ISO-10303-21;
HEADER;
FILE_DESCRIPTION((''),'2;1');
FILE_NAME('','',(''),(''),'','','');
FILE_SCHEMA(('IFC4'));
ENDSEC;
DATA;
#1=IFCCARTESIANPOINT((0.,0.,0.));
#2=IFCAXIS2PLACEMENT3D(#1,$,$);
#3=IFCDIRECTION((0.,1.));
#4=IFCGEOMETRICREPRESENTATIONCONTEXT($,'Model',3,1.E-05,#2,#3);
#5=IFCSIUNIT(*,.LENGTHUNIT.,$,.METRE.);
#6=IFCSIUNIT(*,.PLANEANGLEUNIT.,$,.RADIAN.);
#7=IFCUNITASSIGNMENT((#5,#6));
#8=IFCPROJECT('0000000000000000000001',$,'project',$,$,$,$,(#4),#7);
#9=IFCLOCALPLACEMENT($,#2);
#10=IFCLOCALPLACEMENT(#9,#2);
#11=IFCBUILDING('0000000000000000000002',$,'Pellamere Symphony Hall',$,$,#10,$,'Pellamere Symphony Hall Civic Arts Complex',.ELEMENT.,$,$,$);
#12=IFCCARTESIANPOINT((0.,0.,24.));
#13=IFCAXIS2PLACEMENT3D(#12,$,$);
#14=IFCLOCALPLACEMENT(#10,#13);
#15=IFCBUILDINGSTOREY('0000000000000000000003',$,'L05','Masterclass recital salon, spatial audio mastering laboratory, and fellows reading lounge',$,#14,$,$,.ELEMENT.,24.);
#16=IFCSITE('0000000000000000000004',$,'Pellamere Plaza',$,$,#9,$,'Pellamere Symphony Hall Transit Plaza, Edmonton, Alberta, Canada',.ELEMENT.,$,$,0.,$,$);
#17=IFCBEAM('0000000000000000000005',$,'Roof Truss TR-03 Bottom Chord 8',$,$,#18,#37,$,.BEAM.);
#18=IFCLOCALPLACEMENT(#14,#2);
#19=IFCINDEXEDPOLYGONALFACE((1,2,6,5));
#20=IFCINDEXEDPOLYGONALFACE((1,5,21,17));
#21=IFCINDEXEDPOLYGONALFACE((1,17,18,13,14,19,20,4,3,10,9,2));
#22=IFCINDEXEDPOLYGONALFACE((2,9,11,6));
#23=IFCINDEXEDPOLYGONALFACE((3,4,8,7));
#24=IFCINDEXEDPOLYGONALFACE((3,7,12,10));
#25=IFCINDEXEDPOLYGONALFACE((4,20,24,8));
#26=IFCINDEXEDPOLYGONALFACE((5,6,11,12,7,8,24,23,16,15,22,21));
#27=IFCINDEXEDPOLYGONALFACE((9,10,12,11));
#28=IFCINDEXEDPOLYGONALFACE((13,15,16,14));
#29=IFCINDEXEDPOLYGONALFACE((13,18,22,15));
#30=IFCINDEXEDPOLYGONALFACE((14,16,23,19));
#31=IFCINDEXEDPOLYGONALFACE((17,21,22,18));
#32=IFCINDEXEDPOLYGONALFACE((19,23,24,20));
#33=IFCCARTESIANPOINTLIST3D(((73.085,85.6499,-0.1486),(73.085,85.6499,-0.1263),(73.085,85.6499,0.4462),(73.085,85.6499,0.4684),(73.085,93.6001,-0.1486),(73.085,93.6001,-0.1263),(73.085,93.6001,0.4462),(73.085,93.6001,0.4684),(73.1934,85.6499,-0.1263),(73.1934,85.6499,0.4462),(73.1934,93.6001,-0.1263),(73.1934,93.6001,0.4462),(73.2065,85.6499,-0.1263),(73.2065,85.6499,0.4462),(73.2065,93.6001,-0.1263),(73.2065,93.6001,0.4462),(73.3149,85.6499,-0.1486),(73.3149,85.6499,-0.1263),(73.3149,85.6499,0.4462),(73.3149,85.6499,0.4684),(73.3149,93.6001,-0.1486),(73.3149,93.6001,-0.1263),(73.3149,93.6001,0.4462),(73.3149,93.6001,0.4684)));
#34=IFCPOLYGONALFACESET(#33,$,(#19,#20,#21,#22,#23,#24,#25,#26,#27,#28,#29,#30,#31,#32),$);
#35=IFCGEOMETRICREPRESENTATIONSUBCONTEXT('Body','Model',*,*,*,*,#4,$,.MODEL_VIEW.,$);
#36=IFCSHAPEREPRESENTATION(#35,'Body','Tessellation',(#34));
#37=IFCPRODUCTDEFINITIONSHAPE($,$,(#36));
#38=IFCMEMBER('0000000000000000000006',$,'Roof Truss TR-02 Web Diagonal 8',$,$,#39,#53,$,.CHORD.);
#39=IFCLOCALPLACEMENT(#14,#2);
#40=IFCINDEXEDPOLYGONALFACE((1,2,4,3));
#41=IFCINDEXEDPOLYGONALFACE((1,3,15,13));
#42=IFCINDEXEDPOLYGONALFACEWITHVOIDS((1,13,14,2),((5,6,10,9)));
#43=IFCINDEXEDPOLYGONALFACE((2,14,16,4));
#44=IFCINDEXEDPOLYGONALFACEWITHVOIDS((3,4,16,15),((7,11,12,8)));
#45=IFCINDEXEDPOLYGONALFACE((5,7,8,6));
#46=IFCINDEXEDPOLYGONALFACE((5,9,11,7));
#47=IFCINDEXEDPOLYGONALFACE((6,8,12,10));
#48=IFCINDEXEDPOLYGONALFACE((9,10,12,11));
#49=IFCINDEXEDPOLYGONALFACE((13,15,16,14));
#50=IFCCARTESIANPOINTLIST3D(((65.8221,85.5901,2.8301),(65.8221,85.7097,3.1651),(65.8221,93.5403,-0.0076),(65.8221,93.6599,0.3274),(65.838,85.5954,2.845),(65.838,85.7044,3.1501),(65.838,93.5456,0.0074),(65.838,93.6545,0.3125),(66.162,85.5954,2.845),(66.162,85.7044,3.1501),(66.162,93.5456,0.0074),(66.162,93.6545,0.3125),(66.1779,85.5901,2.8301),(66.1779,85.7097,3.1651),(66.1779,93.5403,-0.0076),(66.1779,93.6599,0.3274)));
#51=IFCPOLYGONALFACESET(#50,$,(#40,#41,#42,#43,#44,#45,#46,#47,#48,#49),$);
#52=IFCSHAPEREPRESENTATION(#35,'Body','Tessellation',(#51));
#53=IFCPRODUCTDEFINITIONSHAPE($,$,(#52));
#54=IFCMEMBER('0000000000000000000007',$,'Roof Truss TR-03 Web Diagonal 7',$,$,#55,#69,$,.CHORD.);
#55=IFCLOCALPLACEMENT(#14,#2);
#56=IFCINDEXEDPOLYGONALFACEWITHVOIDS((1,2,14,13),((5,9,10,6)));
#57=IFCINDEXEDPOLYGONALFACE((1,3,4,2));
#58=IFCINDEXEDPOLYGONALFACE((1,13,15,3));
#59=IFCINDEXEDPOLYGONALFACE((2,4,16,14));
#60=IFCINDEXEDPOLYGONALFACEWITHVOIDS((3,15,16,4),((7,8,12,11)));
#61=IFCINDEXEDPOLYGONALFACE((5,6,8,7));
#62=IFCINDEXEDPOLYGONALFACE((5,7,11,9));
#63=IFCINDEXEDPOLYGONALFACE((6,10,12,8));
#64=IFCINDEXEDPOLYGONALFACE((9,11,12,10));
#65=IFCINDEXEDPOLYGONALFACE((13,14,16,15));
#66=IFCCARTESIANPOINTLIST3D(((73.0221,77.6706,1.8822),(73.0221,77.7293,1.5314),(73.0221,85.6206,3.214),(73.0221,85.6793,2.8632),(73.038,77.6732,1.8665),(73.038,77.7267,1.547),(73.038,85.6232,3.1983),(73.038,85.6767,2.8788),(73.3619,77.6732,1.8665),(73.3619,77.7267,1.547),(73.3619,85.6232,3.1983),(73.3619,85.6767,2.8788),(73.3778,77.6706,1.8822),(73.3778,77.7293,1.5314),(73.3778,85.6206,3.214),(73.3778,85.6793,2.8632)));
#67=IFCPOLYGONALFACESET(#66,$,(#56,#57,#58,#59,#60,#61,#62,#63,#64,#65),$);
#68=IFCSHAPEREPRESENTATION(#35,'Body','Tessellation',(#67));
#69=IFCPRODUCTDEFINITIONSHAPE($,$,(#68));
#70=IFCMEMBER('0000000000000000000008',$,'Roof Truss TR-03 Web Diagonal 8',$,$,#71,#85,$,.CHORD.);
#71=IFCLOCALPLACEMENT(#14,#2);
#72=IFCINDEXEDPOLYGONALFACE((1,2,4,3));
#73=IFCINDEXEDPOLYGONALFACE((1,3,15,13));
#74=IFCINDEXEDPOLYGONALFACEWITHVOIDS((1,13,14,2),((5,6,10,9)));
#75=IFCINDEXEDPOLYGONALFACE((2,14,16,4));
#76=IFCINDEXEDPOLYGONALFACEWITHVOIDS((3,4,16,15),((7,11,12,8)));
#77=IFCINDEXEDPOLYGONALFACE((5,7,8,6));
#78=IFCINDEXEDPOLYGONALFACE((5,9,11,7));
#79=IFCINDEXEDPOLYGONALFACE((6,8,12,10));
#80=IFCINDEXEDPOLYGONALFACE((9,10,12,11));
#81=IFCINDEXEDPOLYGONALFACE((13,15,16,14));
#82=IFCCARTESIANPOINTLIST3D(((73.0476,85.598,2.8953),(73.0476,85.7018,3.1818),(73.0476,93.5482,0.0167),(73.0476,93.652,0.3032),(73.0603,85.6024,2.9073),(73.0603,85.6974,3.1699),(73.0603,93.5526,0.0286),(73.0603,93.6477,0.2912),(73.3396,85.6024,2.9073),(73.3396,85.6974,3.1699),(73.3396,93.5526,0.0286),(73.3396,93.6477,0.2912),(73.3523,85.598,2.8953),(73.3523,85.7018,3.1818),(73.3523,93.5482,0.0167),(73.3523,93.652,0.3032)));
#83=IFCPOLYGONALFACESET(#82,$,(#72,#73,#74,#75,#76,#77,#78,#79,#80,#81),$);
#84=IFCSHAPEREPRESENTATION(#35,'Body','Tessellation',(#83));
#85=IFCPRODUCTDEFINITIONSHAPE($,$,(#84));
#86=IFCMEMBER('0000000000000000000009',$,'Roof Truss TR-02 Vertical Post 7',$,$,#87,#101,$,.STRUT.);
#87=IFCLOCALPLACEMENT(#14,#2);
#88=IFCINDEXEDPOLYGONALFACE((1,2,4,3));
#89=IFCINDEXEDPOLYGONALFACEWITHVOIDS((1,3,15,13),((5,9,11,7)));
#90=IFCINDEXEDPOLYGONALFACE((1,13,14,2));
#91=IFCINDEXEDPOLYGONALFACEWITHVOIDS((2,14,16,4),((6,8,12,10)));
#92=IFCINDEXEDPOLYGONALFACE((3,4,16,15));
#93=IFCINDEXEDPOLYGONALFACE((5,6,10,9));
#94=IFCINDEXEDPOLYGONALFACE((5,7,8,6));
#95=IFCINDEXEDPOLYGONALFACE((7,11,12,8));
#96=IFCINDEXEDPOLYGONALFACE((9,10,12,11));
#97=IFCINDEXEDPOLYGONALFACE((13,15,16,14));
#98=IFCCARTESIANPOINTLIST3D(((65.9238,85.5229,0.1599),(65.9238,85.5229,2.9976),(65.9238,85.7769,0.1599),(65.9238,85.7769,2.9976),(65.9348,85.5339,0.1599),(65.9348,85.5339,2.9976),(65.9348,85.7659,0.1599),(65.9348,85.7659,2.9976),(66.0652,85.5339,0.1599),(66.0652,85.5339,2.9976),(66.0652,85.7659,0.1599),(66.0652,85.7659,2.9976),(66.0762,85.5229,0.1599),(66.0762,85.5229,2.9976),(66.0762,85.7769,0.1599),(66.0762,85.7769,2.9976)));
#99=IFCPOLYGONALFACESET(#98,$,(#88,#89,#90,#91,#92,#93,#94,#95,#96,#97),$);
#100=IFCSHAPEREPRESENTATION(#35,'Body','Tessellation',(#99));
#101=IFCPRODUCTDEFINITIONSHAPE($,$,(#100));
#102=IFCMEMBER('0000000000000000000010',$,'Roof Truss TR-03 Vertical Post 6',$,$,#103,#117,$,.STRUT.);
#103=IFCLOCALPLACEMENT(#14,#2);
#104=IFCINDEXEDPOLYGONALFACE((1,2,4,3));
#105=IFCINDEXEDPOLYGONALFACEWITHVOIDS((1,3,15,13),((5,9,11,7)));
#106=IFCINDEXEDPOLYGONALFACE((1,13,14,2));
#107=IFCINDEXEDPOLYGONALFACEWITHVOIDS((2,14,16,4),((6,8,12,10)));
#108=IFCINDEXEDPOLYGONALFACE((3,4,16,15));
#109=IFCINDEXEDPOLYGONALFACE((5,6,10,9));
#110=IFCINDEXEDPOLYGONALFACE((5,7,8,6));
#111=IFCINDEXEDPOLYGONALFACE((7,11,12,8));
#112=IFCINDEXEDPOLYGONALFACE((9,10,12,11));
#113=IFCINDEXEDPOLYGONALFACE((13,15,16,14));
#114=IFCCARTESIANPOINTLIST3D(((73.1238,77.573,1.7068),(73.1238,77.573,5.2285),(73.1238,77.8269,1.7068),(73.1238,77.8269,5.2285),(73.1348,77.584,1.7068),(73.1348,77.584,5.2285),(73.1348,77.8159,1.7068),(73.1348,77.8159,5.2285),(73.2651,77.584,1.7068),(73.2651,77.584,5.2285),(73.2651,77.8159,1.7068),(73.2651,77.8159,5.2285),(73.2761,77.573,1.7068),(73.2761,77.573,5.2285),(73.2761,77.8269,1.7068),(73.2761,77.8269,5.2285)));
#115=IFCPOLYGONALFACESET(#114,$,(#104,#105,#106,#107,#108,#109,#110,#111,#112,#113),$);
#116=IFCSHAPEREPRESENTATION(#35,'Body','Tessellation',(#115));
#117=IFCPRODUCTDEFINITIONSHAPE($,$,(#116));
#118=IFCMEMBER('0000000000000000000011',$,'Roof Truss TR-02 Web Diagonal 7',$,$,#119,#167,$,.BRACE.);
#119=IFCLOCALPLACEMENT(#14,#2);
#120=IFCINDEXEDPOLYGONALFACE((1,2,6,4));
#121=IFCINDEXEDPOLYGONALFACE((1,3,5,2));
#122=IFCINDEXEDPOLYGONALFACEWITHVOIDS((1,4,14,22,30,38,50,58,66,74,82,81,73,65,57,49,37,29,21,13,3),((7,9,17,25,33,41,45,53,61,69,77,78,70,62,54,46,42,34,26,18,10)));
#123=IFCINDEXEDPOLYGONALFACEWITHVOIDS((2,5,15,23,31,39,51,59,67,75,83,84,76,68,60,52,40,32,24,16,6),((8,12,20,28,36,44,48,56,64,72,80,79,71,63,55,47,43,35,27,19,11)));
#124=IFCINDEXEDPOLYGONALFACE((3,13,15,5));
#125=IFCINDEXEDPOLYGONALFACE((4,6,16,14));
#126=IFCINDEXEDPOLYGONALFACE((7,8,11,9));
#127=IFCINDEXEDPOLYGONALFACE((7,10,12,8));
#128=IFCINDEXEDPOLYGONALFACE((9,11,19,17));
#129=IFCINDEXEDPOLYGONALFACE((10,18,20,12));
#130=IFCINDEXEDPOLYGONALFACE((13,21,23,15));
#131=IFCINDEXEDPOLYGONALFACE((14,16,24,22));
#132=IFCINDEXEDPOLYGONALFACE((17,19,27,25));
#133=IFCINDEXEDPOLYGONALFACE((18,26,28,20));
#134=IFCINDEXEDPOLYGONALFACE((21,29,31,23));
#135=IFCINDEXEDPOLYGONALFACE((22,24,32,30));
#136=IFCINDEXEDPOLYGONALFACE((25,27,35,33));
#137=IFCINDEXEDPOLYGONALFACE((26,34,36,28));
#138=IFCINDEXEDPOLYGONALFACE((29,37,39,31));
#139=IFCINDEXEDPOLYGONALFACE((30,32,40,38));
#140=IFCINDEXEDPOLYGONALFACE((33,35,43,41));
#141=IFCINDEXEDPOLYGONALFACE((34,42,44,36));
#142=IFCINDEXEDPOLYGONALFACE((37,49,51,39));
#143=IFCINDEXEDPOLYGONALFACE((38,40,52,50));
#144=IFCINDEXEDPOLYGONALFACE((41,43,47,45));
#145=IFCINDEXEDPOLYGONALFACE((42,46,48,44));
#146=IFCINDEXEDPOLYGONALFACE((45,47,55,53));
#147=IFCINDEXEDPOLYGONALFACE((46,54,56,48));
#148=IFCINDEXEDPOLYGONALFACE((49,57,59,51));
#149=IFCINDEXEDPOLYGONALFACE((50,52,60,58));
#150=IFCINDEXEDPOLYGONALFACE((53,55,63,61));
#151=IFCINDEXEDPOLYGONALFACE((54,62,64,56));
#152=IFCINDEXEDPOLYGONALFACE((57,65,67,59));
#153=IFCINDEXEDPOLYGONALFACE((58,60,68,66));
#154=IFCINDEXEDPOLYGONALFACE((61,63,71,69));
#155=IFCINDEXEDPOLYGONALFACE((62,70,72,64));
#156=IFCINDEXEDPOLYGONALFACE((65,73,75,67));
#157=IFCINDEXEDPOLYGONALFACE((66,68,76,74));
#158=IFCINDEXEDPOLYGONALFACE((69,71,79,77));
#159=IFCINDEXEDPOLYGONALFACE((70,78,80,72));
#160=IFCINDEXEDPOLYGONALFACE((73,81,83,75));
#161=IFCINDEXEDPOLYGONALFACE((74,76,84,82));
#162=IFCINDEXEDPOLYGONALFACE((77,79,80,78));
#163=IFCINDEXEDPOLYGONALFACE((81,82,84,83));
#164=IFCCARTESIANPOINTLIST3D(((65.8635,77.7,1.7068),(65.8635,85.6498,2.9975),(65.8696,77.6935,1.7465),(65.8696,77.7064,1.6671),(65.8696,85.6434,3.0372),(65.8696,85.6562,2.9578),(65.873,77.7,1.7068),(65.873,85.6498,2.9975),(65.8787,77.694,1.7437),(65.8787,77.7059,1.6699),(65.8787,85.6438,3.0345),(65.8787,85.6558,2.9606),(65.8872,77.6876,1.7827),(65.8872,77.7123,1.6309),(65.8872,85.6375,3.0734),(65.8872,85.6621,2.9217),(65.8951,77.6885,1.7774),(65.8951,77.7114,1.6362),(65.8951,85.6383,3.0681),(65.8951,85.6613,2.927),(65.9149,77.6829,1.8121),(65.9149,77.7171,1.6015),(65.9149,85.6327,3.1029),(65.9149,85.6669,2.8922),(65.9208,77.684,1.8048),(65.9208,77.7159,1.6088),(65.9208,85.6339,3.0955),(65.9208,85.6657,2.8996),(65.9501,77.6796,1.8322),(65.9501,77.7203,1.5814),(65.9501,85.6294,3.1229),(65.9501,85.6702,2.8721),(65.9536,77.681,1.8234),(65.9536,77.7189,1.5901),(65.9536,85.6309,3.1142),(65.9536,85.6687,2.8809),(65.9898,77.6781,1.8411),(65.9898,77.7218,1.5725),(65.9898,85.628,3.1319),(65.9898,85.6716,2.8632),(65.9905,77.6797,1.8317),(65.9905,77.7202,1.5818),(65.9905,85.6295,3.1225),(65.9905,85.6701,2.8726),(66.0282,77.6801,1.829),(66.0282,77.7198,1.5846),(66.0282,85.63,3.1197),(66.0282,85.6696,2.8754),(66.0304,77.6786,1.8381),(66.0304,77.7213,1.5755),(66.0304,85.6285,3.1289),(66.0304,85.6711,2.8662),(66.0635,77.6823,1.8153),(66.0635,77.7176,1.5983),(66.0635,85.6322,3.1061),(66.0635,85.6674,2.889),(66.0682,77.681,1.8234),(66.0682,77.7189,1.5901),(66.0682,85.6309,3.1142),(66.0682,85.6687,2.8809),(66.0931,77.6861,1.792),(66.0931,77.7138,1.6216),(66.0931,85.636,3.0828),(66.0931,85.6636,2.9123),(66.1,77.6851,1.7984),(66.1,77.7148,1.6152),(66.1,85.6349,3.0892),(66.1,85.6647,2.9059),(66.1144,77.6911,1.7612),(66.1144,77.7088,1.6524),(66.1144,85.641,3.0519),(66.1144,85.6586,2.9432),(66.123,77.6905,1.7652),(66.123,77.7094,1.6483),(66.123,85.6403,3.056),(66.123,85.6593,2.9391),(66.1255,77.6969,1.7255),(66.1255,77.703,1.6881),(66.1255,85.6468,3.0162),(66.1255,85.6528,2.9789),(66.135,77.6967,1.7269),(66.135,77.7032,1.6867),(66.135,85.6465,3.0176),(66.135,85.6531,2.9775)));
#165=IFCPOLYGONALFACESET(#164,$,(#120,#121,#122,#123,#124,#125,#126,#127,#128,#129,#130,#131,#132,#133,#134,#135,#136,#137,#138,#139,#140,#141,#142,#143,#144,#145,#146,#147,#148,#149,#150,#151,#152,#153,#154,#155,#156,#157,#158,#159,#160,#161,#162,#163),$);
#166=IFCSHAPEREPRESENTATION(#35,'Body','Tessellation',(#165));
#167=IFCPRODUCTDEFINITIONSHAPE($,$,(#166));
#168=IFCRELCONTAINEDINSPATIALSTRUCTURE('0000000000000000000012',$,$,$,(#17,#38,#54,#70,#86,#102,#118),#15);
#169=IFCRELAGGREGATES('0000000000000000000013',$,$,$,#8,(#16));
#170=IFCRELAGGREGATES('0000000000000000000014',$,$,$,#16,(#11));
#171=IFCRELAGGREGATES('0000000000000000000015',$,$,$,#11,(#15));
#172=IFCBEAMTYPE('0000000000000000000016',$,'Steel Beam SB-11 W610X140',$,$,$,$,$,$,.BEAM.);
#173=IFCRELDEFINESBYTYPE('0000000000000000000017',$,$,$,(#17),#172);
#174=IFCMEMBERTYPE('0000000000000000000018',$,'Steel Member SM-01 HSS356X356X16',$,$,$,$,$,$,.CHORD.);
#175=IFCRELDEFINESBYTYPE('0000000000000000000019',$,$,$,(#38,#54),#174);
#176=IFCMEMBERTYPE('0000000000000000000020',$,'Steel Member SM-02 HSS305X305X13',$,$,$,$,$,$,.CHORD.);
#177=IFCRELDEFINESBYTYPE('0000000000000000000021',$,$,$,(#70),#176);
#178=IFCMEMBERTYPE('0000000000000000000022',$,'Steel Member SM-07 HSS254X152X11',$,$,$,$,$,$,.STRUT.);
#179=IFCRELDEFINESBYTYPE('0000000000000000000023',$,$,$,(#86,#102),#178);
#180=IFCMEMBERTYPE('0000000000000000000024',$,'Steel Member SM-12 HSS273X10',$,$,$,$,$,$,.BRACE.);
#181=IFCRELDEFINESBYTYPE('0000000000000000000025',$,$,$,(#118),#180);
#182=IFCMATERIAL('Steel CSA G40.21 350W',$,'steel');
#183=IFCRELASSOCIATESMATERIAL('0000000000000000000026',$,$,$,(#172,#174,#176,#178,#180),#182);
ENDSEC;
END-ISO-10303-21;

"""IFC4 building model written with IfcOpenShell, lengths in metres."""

from ifc_helpers import new_model, si_unit, direction, frame, origin, origin_2d, place, context, subcontext, project, spatial, hollow_rectangle, hollow_circle, i_section, extrude, material, material_profile, profile_set, type_object, element, save


model = new_model("IFC4")

# Units and contexts
model_context = context("Model", 3, precision=1e-05, world=origin(), true_north=direction((0.0, 1.0)))
body_context = subcontext(model_context, "Body", "Model", "MODEL_VIEW")
ifc_project = project(units=[si_unit("LENGTHUNIT", "METRE"), si_unit("PLANEANGLEUNIT", "RADIAN")], contexts=[model_context])

# Site, building, storey
site_placement = place(None, origin())
site = spatial("IfcSite", under=ifc_project, at=site_placement, Name="Pellamere Plaza", LongName="Pellamere Symphony Hall Transit Plaza, Edmonton, Alberta, Canada", CompositionType="ELEMENT", RefElevation=0.0)
building_placement = place(site_placement, origin())
building = spatial("IfcBuilding", under=site, at=building_placement, Name="Pellamere Symphony Hall", LongName="Pellamere Symphony Hall Civic Arts Complex", CompositionType="ELEMENT")
storey_placement = place(building_placement, frame((0.0, 0.0, 24.0)))
storey = spatial("IfcBuildingStorey", under=building, at=storey_placement, Name="L05", Description="Masterclass recital salon, spatial audio mastering laboratory, and fellows reading lounge", CompositionType="ELEMENT", Elevation=24.0)

# Beam
ifc_material_1 = material(Name="Steel CSA G40.21 350W", Category="steel")
ifc_material_profile_1 = material_profile(ifc_material_1, i_section(OverallWidth=0.23, OverallDepth=0.6169, WebThickness=0.0132, FlangeThickness=0.0222, at=origin_2d()), Name="W610X140")
ifc_profile_set_1 = profile_set([ifc_material_profile_1], Name="Steel CSA G40.21 350W")
beam_type_1 = type_object("IfcBeamType", Name="Steel Beam SB-11 W610X140", PredefinedType="BEAM", material=ifc_profile_set_1)
beam_1_placement = place(storey_placement, frame((73.2, 85.6499, 0.1599), z_axis=(0.0, 1.0, 0.0), x_axis=(-1.0, 0.0, 0.0)))
element("IfcBeam", 1, at=beam_1_placement, inside=storey, type_object=beam_type_1, Name="Roof Truss TR-03 Bottom Chord 8", PredefinedType="BEAM", context=body_context, shape_type="SweptSolid", body=[
    extrude(i_section(OverallWidth=0.23, OverallDepth=0.6169, WebThickness=0.0132, FlangeThickness=0.0222, at=origin_2d()), origin(), (0.0, 0.0, 1.0), 7.9502),
])

# Members
ifc_material_profile_2 = material_profile(ifc_material_1, hollow_rectangle(XDim=0.3557, YDim=0.3557, WallThickness=0.0159, at=origin_2d()), Name="HSS356X356X16")
ifc_profile_set_2 = profile_set([ifc_material_profile_2], Name="Steel CSA G40.21 350W")
member_type_1 = type_object("IfcMemberType", Name="Steel Member SM-01 HSS356X356X16", PredefinedType="CHORD", material=ifc_profile_set_2)
member_1_placement = place(storey_placement, frame((66.0, 85.6499, 2.9976), z_axis=(0.0, 0.941806, -0.336157), x_axis=(-1.0, 0.0, 0.0)))
element("IfcMember", 2, at=member_1_placement, inside=storey, type_object=member_type_1, Name="Roof Truss TR-02 Web Diagonal 8", PredefinedType="CHORD", context=body_context, shape_type="SweptSolid", body=[
    extrude(hollow_rectangle(XDim=0.3557, YDim=0.3557, WallThickness=0.0159, at=origin_2d()), origin(), (0.0, 0.0, 1.0), 8.4414),
])
member_2_placement = place(storey_placement, frame((73.2, 77.7, 1.7068), z_axis=(0.0, 0.986257, 0.165219), x_axis=(-1.0, 0.0, 0.0)))
element("IfcMember", 3, at=member_2_placement, inside=storey, type_object=member_type_1, Name="Roof Truss TR-03 Web Diagonal 7", PredefinedType="CHORD", context=body_context, shape_type="SweptSolid", body=[
    extrude(hollow_rectangle(XDim=0.3557, YDim=0.3557, WallThickness=0.0159, at=origin_2d()), origin(), (0.0, 0.0, 1.0), 8.0608),
])
ifc_material_profile_3 = material_profile(ifc_material_1, hollow_rectangle(XDim=0.3047, YDim=0.3047, WallThickness=0.0127, at=origin_2d()), Name="HSS305X305X13")
ifc_profile_set_3 = profile_set([ifc_material_profile_3], Name="Steel CSA G40.21 350W")
member_type_2 = type_object("IfcMemberType", Name="Steel Member SM-02 HSS305X305X13", PredefinedType="CHORD", material=ifc_profile_set_3)
member_3_placement = place(storey_placement, frame((73.2, 85.6499, 3.0386), z_axis=(0.0, 0.94026, -0.340456), x_axis=(-1.0, 0.0, 0.0)))
element("IfcMember", 4, at=member_3_placement, inside=storey, type_object=member_type_2, Name="Roof Truss TR-03 Web Diagonal 8", PredefinedType="CHORD", context=body_context, shape_type="SweptSolid", body=[
    extrude(hollow_rectangle(XDim=0.3047, YDim=0.3047, WallThickness=0.0127, at=origin_2d()), origin(), (0.0, 0.0, 1.0), 8.4553),
])
ifc_material_profile_4 = material_profile(ifc_material_1, hollow_rectangle(XDim=0.1523, YDim=0.2539, WallThickness=0.011, at=origin_2d()), Name="HSS254X152X11")
ifc_profile_set_4 = profile_set([ifc_material_profile_4], Name="Steel CSA G40.21 350W")
member_type_3 = type_object("IfcMemberType", Name="Steel Member SM-07 HSS254X152X11", PredefinedType="STRUT", material=ifc_profile_set_4)
member_4_placement = place(storey_placement, frame((66.0, 85.6499, 0.1599), z_axis=(0.0, 0.0, 1.0), x_axis=(1.0, 0.0, 0.0)))
element("IfcMember", 5, at=member_4_placement, inside=storey, type_object=member_type_3, Name="Roof Truss TR-02 Vertical Post 7", PredefinedType="STRUT", context=body_context, shape_type="SweptSolid", body=[
    extrude(hollow_rectangle(XDim=0.1523, YDim=0.2539, WallThickness=0.011, at=origin_2d()), origin(), (0.0, 0.0, 1.0), 2.8376),
])
member_5_placement = place(storey_placement, frame((73.2, 77.7, 1.7068), z_axis=(0.0, 0.0, 1.0), x_axis=(1.0, 0.0, 0.0)))
element("IfcMember", 6, at=member_5_placement, inside=storey, type_object=member_type_3, Name="Roof Truss TR-03 Vertical Post 6", PredefinedType="STRUT", context=body_context, shape_type="SweptSolid", body=[
    extrude(hollow_rectangle(XDim=0.1523, YDim=0.2539, WallThickness=0.011, at=origin_2d()), origin(), (0.0, 0.0, 1.0), 3.5217),
])
ifc_material_profile_5 = material_profile(ifc_material_1, hollow_circle(Radius=0.1365, WallThickness=0.0095, at=origin_2d()), Name="HSS273X10")
ifc_profile_set_5 = profile_set([ifc_material_profile_5], Name="Steel CSA G40.21 350W")
member_type_4 = type_object("IfcMemberType", Name="Steel Member SM-12 HSS273X10", PredefinedType="BRACE", material=ifc_profile_set_5)
member_6_placement = place(storey_placement, frame((66.0, 77.7, 1.7068), z_axis=(0.0, 0.987074, 0.160264), x_axis=(-1.0, 0.0, 0.0)))
element("IfcMember", 7, at=member_6_placement, inside=storey, type_object=member_type_4, Name="Roof Truss TR-02 Web Diagonal 7", PredefinedType="BRACE", context=body_context, shape_type="SweptSolid", body=[
    extrude(hollow_circle(Radius=0.1365, WallThickness=0.0095, at=origin_2d()), origin(), (0.0, 0.0, 1.0), 8.054),
])

save(model, "model.ifc")
